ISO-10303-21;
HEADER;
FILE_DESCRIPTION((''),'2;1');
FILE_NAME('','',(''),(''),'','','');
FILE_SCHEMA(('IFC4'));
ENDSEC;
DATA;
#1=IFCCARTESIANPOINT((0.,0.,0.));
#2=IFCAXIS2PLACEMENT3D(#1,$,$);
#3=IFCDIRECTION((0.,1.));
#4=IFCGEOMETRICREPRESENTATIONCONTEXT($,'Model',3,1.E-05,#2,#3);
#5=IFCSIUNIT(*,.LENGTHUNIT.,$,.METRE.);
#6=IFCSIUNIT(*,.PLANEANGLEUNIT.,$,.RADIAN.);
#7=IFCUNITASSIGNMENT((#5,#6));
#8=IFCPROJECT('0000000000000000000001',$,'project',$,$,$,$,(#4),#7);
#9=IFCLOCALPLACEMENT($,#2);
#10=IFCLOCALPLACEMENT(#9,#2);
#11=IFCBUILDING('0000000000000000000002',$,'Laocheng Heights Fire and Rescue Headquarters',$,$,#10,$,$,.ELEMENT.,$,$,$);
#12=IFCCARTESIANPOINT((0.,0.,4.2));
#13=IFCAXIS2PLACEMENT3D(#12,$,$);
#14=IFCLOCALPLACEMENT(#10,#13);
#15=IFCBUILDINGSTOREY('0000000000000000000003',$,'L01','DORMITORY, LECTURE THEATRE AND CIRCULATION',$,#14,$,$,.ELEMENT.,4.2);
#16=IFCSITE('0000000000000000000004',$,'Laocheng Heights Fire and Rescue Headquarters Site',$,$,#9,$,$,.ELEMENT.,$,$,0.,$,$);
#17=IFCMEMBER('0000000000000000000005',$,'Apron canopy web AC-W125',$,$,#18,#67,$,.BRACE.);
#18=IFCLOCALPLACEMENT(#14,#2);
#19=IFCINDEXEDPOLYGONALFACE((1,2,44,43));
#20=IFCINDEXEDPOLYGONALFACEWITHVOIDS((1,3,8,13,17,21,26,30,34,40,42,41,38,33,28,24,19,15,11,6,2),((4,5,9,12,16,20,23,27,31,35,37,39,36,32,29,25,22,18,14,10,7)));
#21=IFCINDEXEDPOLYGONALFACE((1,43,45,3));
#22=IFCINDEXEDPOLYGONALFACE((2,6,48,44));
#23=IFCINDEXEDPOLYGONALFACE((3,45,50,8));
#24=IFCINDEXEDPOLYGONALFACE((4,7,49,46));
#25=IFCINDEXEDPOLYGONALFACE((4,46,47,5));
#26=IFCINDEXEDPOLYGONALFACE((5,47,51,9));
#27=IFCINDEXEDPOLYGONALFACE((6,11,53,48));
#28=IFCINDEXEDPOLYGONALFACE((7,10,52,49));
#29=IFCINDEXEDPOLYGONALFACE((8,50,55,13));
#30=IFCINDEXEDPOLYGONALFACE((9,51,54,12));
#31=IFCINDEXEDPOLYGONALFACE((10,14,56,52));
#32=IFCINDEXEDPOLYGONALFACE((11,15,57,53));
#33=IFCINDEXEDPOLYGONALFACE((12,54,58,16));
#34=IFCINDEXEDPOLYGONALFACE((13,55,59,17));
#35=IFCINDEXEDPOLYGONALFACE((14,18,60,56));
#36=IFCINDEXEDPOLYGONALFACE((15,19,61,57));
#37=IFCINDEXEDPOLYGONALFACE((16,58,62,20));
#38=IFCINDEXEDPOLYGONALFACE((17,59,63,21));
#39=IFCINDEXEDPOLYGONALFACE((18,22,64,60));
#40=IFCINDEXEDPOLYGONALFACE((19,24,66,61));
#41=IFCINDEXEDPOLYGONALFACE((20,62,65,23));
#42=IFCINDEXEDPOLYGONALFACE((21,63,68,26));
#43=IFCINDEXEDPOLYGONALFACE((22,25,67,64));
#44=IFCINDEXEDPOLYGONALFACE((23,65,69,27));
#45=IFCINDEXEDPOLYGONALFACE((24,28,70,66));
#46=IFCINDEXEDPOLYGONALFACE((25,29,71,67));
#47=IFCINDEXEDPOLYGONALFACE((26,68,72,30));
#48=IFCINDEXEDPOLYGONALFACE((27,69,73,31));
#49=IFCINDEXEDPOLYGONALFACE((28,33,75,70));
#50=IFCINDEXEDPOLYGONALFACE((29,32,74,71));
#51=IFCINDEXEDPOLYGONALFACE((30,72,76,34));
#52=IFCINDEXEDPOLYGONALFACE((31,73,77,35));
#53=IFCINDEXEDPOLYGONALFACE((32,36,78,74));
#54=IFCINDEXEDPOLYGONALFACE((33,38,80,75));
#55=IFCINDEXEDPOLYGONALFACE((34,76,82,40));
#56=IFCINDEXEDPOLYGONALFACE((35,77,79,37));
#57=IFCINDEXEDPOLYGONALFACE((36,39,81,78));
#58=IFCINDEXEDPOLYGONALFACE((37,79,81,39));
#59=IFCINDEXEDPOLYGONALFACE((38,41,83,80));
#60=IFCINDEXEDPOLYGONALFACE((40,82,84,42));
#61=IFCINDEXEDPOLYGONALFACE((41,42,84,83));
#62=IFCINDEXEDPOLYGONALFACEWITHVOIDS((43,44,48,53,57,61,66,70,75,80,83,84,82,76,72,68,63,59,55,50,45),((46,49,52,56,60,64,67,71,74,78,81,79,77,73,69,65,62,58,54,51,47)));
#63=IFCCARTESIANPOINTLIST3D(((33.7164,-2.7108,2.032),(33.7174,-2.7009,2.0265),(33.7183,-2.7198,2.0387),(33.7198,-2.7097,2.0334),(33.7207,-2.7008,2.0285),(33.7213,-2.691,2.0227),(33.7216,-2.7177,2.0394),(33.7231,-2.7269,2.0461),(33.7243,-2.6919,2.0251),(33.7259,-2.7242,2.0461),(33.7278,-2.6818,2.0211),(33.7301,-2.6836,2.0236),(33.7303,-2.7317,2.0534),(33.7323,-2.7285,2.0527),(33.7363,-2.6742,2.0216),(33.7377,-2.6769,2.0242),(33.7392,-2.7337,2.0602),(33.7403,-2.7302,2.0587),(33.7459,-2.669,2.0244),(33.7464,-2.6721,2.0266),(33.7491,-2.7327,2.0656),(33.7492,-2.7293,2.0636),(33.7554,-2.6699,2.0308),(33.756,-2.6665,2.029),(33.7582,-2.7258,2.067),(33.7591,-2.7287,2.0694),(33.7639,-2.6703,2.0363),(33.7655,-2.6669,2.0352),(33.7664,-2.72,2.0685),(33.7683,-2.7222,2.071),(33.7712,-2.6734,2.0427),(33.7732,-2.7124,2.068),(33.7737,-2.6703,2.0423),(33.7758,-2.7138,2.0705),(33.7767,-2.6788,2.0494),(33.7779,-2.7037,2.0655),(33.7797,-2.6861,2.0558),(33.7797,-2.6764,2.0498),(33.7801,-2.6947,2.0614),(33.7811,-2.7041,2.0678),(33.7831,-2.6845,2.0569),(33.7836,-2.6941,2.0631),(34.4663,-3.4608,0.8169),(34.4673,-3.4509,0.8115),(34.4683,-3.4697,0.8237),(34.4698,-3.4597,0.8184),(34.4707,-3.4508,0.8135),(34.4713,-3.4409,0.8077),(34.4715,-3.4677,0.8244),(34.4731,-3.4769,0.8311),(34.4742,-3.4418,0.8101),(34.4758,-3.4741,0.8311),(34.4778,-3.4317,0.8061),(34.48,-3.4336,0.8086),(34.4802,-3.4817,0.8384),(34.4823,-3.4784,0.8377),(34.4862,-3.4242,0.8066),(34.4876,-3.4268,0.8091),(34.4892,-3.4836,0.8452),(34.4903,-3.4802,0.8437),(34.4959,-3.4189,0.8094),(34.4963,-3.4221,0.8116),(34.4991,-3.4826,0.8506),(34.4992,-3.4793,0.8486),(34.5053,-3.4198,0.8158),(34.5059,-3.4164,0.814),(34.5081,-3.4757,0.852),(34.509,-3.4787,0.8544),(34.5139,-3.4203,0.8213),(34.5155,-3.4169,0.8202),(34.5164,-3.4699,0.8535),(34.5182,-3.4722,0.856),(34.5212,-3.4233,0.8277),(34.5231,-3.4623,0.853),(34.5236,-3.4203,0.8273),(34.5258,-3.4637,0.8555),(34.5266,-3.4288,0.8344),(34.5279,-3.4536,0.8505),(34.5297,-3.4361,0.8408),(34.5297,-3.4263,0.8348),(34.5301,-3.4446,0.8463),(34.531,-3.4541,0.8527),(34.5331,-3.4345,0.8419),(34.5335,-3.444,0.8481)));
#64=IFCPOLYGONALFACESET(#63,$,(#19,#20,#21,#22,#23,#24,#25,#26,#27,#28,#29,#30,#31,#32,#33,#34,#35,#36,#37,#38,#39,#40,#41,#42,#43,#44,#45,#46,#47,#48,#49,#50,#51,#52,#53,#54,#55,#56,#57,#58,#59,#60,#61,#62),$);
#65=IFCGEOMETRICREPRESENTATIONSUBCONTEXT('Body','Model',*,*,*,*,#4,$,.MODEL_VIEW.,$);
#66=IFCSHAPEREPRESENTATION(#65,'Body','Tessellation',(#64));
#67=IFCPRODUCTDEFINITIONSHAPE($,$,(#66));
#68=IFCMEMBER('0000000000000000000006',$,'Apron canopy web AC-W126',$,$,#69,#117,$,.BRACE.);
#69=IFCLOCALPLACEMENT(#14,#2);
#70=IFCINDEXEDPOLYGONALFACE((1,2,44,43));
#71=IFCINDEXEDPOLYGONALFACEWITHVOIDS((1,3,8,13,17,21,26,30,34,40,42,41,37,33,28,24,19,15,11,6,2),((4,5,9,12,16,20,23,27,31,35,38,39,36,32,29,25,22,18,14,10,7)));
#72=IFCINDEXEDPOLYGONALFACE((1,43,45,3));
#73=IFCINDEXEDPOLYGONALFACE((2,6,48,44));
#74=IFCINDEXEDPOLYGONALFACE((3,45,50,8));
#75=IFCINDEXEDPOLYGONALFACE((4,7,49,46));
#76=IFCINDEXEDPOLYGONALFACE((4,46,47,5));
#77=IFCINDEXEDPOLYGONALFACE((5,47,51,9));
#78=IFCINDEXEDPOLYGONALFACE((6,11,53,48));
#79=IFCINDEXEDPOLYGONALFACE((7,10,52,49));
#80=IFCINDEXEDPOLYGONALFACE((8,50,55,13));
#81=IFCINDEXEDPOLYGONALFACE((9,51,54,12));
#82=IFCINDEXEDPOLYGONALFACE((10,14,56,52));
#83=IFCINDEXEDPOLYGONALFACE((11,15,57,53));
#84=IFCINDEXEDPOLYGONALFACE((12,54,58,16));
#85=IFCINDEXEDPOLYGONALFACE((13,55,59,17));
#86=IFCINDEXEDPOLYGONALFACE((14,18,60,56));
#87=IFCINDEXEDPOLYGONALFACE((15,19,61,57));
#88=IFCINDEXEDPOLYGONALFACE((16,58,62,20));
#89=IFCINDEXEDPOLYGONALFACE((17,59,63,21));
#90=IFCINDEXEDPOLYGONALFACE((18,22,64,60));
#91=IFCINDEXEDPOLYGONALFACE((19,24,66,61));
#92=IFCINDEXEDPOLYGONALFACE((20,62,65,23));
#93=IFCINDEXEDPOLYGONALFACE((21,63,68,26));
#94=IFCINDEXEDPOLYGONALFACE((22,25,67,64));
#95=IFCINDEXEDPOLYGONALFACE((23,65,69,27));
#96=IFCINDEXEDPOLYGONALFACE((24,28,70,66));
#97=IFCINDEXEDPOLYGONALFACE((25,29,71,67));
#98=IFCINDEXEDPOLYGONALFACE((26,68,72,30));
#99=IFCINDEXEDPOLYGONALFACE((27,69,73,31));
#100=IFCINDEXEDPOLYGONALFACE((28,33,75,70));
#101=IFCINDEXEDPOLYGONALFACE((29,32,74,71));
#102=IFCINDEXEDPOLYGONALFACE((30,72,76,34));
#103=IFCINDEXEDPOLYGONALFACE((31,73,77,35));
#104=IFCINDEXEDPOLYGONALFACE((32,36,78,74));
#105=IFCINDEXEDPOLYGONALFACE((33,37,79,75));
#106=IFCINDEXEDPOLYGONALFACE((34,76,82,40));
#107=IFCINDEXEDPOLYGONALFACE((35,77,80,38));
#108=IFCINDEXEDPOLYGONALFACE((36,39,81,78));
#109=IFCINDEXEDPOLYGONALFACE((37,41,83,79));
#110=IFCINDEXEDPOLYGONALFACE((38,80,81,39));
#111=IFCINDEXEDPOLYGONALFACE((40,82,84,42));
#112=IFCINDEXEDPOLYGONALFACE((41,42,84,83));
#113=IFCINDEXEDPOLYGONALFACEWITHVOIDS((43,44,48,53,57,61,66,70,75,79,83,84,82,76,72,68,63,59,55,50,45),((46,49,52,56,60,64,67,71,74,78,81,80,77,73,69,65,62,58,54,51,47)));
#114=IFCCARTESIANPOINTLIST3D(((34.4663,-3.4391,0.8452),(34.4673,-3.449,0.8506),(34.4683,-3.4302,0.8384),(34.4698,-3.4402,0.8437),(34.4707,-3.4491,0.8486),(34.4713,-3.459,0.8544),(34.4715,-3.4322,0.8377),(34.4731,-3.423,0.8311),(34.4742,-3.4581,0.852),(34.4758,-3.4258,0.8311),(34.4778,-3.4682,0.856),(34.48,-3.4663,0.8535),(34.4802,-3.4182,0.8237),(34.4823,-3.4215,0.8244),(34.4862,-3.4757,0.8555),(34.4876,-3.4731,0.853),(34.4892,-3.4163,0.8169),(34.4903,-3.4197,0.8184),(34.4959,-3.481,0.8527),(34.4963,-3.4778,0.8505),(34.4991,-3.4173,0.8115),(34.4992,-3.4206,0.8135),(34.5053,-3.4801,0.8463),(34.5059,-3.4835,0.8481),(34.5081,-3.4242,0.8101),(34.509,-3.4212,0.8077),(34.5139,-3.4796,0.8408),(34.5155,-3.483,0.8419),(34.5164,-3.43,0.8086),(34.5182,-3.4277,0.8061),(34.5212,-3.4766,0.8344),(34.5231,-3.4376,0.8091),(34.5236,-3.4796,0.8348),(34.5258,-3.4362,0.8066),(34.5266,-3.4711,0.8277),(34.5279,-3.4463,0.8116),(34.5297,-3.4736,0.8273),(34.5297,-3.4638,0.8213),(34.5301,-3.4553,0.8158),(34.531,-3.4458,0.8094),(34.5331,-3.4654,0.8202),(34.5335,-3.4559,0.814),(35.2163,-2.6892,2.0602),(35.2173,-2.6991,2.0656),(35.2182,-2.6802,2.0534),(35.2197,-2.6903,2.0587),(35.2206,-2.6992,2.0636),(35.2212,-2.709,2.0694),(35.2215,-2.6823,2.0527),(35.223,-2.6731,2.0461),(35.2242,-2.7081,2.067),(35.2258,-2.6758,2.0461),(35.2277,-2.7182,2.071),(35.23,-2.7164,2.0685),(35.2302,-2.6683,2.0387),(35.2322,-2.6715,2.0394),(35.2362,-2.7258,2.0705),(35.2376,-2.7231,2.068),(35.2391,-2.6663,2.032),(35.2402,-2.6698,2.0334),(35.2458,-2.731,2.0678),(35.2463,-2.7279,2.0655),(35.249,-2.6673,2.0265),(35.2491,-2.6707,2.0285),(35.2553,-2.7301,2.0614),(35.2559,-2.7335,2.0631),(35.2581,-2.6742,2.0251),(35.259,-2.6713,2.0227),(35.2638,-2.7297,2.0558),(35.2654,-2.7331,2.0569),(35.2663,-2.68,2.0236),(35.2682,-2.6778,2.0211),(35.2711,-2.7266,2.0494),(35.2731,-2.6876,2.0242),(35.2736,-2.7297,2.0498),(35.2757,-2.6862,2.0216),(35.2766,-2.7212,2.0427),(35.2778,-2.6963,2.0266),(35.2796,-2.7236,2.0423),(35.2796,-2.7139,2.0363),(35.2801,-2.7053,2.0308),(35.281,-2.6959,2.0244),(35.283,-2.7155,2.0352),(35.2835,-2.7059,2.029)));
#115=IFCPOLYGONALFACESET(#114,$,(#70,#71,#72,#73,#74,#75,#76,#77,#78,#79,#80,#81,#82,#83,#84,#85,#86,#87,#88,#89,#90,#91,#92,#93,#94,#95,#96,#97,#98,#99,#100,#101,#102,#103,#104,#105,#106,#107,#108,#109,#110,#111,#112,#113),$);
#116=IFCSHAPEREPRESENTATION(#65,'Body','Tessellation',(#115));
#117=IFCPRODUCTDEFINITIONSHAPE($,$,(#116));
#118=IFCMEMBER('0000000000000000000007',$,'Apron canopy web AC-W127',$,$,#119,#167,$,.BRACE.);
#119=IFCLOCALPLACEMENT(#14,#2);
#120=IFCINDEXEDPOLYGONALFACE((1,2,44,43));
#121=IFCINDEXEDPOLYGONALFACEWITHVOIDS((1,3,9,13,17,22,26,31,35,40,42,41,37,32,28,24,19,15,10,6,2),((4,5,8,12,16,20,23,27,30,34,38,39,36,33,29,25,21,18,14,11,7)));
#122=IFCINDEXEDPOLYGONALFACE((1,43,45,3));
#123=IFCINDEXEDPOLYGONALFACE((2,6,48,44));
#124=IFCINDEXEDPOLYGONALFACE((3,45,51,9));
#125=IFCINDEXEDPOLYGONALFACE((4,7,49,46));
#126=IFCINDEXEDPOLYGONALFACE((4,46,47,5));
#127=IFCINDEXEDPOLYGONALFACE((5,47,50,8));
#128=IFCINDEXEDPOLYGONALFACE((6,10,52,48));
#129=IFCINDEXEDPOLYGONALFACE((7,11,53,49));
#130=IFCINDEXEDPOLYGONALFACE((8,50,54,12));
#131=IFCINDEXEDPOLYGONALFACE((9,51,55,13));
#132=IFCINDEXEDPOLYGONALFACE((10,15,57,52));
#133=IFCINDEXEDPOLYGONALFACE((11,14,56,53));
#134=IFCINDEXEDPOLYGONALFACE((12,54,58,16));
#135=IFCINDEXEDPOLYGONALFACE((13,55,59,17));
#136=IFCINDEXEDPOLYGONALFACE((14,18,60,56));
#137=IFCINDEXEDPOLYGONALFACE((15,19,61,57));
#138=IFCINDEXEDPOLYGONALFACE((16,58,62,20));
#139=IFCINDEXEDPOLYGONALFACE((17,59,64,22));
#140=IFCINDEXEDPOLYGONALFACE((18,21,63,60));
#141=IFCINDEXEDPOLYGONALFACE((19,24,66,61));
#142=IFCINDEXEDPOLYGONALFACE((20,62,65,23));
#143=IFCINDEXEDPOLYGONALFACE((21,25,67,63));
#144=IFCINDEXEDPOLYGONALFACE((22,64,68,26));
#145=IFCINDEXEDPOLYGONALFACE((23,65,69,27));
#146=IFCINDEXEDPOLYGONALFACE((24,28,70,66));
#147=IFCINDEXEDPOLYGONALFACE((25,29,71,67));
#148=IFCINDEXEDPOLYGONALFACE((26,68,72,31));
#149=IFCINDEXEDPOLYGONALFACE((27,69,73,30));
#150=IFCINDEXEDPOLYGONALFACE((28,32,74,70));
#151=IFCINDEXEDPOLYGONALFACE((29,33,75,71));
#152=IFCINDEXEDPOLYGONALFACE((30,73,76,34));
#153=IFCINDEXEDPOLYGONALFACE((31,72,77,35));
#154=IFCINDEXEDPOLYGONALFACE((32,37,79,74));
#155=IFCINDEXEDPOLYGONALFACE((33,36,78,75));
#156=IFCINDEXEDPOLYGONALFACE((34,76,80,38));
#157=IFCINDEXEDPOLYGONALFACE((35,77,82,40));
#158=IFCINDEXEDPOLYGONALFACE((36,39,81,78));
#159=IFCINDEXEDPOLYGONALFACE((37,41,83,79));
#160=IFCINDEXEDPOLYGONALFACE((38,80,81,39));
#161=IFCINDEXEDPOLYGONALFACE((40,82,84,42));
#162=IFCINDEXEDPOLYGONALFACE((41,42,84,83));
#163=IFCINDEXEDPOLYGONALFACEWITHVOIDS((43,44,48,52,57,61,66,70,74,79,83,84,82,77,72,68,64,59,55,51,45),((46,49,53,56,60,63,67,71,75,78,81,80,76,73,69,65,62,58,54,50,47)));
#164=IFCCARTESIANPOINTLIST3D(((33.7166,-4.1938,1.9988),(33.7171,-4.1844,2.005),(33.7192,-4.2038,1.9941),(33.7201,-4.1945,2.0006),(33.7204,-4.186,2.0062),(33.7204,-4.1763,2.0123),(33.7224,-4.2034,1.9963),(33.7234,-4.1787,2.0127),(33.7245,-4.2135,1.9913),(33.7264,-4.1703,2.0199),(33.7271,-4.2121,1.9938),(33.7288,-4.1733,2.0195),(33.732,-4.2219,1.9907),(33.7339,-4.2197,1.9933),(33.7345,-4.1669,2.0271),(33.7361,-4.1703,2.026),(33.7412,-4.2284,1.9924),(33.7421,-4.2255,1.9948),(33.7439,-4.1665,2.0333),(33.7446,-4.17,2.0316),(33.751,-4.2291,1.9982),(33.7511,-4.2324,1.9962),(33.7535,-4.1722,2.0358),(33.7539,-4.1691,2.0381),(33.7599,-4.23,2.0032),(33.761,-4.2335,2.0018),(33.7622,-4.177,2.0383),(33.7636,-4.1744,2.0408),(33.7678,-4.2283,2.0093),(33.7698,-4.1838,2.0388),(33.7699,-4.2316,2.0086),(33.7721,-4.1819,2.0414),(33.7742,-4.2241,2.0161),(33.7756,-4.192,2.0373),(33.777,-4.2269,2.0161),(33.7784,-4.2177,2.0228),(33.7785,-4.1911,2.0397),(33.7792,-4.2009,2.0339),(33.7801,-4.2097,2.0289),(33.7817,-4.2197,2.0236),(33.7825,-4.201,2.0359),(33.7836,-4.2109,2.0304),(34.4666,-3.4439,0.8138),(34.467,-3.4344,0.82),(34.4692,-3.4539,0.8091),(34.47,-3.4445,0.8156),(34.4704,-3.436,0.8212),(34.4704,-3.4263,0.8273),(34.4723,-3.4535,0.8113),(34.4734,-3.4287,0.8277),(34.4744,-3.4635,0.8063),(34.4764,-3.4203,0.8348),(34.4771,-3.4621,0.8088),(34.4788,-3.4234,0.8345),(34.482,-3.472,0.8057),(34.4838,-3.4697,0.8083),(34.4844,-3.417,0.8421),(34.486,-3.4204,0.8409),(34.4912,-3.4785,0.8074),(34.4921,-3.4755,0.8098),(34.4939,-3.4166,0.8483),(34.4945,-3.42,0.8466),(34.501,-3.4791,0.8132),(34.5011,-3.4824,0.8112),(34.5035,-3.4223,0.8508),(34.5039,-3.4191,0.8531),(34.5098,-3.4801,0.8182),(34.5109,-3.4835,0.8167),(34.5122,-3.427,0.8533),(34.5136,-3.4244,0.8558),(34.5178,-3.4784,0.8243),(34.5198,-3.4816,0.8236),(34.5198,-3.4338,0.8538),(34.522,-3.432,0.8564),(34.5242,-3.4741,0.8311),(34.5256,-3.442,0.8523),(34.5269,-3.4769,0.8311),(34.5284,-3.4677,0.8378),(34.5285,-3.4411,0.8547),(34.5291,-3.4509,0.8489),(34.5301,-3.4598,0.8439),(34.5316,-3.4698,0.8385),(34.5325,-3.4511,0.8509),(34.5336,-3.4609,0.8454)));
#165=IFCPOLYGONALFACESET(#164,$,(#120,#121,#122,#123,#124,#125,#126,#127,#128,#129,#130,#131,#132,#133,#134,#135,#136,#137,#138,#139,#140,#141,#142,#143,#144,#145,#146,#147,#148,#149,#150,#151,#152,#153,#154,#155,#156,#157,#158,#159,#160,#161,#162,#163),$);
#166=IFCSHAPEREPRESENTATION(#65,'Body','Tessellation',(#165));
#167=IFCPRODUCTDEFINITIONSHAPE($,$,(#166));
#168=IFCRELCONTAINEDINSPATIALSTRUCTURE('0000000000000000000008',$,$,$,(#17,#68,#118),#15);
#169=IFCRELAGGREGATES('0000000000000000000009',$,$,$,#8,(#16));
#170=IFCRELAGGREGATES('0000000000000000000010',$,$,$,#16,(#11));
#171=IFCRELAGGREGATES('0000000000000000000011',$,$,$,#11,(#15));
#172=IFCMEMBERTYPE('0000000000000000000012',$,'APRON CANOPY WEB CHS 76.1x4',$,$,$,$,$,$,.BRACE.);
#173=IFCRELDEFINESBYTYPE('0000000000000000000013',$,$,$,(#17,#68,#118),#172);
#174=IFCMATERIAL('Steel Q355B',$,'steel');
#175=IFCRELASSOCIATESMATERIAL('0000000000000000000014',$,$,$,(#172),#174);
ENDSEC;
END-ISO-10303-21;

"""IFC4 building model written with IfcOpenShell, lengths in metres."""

from ifc_helpers import new_model, si_unit, direction, frame, origin, origin_2d, place, context, subcontext, project, spatial, hollow_circle, extrude, material, material_profile, profile_set, type_object, element, save


model = new_model("IFC4")

# Units and contexts
model_context = context("Model", 3, precision=1e-05, world=origin(), true_north=direction((0.0, 1.0)))
body_context = subcontext(model_context, "Body", "Model", "MODEL_VIEW")
ifc_project = project(units=[si_unit("LENGTHUNIT", "METRE"), si_unit("PLANEANGLEUNIT", "RADIAN")], contexts=[model_context])

# Site, building, storey
site_placement = place(None, origin())
site = spatial("IfcSite", under=ifc_project, at=site_placement, Name="Laocheng Heights Fire and Rescue Headquarters Site", CompositionType="ELEMENT", RefElevation=0.0)
building_placement = place(site_placement, origin())
building = spatial("IfcBuilding", under=site, at=building_placement, Name="Laocheng Heights Fire and Rescue Headquarters", CompositionType="ELEMENT")
storey_placement = place(building_placement, frame((0.0, 0.0, 4.2)))
storey = spatial("IfcBuildingStorey", under=building, at=storey_placement, Name="L01", Description="DORMITORY, LECTURE THEATRE AND CIRCULATION", CompositionType="ELEMENT", Elevation=4.2)

# Members
ifc_material_1 = material(Name="Steel Q355B", Category="steel")
ifc_material_profile_1 = material_profile(ifc_material_1, hollow_circle(Radius=0.0381, WallThickness=0.0039, at=origin_2d()), Name="CHS 76.1x4")
ifc_profile_set_1 = profile_set([ifc_material_profile_1], Name="Steel Q355B")
member_type_1 = type_object("IfcMemberType", Name="APRON CANOPY WEB CHS 76.1x4", PredefinedType="BRACE", material=ifc_profile_set_1)
for number, where, z_axis, x_axis, name in (
    (1, (34.5, -3.45, 0.8311), (-0.465002, 0.465002, 0.753357), (-0.707107, -0.707107, 0.0), "Apron canopy web AC-W125"),
    (2, (34.5, -3.45, 0.8311), (0.465002, 0.465002, 0.753357), (-0.707107, 0.707107, 0.0), "Apron canopy web AC-W126"),
):
    element("IfcMember", number, at=place(storey_placement, frame(where, z_axis=z_axis, x_axis=x_axis)), inside=storey, type_object=member_type_1, Name=name, PredefinedType="BRACE", context=body_context, shape_type="SweptSolid", body=[
        extrude(hollow_circle(Radius=0.0381, WallThickness=0.0039, at=origin_2d()), origin(), (0.0, 0.0, 1.0), 1.6128),
    ])
for number, where, z_axis, x_axis, name in (
    (3, (34.5, -3.45, 0.8311), (-0.47158, -0.47158, 0.745134), (0.707107, -0.707107, 0.0), "Apron canopy web AC-W127"),
):
    element("IfcMember", number, at=place(storey_placement, frame(where, z_axis=z_axis, x_axis=x_axis)), inside=storey, type_object=member_type_1, Name=name, PredefinedType="BRACE", context=body_context, shape_type="SweptSolid", body=[
        extrude(hollow_circle(Radius=0.0381, WallThickness=0.0039, at=origin_2d()), origin(), (0.0, 0.0, 1.0), 1.5903),
    ])

save(model, "model.ifc")
